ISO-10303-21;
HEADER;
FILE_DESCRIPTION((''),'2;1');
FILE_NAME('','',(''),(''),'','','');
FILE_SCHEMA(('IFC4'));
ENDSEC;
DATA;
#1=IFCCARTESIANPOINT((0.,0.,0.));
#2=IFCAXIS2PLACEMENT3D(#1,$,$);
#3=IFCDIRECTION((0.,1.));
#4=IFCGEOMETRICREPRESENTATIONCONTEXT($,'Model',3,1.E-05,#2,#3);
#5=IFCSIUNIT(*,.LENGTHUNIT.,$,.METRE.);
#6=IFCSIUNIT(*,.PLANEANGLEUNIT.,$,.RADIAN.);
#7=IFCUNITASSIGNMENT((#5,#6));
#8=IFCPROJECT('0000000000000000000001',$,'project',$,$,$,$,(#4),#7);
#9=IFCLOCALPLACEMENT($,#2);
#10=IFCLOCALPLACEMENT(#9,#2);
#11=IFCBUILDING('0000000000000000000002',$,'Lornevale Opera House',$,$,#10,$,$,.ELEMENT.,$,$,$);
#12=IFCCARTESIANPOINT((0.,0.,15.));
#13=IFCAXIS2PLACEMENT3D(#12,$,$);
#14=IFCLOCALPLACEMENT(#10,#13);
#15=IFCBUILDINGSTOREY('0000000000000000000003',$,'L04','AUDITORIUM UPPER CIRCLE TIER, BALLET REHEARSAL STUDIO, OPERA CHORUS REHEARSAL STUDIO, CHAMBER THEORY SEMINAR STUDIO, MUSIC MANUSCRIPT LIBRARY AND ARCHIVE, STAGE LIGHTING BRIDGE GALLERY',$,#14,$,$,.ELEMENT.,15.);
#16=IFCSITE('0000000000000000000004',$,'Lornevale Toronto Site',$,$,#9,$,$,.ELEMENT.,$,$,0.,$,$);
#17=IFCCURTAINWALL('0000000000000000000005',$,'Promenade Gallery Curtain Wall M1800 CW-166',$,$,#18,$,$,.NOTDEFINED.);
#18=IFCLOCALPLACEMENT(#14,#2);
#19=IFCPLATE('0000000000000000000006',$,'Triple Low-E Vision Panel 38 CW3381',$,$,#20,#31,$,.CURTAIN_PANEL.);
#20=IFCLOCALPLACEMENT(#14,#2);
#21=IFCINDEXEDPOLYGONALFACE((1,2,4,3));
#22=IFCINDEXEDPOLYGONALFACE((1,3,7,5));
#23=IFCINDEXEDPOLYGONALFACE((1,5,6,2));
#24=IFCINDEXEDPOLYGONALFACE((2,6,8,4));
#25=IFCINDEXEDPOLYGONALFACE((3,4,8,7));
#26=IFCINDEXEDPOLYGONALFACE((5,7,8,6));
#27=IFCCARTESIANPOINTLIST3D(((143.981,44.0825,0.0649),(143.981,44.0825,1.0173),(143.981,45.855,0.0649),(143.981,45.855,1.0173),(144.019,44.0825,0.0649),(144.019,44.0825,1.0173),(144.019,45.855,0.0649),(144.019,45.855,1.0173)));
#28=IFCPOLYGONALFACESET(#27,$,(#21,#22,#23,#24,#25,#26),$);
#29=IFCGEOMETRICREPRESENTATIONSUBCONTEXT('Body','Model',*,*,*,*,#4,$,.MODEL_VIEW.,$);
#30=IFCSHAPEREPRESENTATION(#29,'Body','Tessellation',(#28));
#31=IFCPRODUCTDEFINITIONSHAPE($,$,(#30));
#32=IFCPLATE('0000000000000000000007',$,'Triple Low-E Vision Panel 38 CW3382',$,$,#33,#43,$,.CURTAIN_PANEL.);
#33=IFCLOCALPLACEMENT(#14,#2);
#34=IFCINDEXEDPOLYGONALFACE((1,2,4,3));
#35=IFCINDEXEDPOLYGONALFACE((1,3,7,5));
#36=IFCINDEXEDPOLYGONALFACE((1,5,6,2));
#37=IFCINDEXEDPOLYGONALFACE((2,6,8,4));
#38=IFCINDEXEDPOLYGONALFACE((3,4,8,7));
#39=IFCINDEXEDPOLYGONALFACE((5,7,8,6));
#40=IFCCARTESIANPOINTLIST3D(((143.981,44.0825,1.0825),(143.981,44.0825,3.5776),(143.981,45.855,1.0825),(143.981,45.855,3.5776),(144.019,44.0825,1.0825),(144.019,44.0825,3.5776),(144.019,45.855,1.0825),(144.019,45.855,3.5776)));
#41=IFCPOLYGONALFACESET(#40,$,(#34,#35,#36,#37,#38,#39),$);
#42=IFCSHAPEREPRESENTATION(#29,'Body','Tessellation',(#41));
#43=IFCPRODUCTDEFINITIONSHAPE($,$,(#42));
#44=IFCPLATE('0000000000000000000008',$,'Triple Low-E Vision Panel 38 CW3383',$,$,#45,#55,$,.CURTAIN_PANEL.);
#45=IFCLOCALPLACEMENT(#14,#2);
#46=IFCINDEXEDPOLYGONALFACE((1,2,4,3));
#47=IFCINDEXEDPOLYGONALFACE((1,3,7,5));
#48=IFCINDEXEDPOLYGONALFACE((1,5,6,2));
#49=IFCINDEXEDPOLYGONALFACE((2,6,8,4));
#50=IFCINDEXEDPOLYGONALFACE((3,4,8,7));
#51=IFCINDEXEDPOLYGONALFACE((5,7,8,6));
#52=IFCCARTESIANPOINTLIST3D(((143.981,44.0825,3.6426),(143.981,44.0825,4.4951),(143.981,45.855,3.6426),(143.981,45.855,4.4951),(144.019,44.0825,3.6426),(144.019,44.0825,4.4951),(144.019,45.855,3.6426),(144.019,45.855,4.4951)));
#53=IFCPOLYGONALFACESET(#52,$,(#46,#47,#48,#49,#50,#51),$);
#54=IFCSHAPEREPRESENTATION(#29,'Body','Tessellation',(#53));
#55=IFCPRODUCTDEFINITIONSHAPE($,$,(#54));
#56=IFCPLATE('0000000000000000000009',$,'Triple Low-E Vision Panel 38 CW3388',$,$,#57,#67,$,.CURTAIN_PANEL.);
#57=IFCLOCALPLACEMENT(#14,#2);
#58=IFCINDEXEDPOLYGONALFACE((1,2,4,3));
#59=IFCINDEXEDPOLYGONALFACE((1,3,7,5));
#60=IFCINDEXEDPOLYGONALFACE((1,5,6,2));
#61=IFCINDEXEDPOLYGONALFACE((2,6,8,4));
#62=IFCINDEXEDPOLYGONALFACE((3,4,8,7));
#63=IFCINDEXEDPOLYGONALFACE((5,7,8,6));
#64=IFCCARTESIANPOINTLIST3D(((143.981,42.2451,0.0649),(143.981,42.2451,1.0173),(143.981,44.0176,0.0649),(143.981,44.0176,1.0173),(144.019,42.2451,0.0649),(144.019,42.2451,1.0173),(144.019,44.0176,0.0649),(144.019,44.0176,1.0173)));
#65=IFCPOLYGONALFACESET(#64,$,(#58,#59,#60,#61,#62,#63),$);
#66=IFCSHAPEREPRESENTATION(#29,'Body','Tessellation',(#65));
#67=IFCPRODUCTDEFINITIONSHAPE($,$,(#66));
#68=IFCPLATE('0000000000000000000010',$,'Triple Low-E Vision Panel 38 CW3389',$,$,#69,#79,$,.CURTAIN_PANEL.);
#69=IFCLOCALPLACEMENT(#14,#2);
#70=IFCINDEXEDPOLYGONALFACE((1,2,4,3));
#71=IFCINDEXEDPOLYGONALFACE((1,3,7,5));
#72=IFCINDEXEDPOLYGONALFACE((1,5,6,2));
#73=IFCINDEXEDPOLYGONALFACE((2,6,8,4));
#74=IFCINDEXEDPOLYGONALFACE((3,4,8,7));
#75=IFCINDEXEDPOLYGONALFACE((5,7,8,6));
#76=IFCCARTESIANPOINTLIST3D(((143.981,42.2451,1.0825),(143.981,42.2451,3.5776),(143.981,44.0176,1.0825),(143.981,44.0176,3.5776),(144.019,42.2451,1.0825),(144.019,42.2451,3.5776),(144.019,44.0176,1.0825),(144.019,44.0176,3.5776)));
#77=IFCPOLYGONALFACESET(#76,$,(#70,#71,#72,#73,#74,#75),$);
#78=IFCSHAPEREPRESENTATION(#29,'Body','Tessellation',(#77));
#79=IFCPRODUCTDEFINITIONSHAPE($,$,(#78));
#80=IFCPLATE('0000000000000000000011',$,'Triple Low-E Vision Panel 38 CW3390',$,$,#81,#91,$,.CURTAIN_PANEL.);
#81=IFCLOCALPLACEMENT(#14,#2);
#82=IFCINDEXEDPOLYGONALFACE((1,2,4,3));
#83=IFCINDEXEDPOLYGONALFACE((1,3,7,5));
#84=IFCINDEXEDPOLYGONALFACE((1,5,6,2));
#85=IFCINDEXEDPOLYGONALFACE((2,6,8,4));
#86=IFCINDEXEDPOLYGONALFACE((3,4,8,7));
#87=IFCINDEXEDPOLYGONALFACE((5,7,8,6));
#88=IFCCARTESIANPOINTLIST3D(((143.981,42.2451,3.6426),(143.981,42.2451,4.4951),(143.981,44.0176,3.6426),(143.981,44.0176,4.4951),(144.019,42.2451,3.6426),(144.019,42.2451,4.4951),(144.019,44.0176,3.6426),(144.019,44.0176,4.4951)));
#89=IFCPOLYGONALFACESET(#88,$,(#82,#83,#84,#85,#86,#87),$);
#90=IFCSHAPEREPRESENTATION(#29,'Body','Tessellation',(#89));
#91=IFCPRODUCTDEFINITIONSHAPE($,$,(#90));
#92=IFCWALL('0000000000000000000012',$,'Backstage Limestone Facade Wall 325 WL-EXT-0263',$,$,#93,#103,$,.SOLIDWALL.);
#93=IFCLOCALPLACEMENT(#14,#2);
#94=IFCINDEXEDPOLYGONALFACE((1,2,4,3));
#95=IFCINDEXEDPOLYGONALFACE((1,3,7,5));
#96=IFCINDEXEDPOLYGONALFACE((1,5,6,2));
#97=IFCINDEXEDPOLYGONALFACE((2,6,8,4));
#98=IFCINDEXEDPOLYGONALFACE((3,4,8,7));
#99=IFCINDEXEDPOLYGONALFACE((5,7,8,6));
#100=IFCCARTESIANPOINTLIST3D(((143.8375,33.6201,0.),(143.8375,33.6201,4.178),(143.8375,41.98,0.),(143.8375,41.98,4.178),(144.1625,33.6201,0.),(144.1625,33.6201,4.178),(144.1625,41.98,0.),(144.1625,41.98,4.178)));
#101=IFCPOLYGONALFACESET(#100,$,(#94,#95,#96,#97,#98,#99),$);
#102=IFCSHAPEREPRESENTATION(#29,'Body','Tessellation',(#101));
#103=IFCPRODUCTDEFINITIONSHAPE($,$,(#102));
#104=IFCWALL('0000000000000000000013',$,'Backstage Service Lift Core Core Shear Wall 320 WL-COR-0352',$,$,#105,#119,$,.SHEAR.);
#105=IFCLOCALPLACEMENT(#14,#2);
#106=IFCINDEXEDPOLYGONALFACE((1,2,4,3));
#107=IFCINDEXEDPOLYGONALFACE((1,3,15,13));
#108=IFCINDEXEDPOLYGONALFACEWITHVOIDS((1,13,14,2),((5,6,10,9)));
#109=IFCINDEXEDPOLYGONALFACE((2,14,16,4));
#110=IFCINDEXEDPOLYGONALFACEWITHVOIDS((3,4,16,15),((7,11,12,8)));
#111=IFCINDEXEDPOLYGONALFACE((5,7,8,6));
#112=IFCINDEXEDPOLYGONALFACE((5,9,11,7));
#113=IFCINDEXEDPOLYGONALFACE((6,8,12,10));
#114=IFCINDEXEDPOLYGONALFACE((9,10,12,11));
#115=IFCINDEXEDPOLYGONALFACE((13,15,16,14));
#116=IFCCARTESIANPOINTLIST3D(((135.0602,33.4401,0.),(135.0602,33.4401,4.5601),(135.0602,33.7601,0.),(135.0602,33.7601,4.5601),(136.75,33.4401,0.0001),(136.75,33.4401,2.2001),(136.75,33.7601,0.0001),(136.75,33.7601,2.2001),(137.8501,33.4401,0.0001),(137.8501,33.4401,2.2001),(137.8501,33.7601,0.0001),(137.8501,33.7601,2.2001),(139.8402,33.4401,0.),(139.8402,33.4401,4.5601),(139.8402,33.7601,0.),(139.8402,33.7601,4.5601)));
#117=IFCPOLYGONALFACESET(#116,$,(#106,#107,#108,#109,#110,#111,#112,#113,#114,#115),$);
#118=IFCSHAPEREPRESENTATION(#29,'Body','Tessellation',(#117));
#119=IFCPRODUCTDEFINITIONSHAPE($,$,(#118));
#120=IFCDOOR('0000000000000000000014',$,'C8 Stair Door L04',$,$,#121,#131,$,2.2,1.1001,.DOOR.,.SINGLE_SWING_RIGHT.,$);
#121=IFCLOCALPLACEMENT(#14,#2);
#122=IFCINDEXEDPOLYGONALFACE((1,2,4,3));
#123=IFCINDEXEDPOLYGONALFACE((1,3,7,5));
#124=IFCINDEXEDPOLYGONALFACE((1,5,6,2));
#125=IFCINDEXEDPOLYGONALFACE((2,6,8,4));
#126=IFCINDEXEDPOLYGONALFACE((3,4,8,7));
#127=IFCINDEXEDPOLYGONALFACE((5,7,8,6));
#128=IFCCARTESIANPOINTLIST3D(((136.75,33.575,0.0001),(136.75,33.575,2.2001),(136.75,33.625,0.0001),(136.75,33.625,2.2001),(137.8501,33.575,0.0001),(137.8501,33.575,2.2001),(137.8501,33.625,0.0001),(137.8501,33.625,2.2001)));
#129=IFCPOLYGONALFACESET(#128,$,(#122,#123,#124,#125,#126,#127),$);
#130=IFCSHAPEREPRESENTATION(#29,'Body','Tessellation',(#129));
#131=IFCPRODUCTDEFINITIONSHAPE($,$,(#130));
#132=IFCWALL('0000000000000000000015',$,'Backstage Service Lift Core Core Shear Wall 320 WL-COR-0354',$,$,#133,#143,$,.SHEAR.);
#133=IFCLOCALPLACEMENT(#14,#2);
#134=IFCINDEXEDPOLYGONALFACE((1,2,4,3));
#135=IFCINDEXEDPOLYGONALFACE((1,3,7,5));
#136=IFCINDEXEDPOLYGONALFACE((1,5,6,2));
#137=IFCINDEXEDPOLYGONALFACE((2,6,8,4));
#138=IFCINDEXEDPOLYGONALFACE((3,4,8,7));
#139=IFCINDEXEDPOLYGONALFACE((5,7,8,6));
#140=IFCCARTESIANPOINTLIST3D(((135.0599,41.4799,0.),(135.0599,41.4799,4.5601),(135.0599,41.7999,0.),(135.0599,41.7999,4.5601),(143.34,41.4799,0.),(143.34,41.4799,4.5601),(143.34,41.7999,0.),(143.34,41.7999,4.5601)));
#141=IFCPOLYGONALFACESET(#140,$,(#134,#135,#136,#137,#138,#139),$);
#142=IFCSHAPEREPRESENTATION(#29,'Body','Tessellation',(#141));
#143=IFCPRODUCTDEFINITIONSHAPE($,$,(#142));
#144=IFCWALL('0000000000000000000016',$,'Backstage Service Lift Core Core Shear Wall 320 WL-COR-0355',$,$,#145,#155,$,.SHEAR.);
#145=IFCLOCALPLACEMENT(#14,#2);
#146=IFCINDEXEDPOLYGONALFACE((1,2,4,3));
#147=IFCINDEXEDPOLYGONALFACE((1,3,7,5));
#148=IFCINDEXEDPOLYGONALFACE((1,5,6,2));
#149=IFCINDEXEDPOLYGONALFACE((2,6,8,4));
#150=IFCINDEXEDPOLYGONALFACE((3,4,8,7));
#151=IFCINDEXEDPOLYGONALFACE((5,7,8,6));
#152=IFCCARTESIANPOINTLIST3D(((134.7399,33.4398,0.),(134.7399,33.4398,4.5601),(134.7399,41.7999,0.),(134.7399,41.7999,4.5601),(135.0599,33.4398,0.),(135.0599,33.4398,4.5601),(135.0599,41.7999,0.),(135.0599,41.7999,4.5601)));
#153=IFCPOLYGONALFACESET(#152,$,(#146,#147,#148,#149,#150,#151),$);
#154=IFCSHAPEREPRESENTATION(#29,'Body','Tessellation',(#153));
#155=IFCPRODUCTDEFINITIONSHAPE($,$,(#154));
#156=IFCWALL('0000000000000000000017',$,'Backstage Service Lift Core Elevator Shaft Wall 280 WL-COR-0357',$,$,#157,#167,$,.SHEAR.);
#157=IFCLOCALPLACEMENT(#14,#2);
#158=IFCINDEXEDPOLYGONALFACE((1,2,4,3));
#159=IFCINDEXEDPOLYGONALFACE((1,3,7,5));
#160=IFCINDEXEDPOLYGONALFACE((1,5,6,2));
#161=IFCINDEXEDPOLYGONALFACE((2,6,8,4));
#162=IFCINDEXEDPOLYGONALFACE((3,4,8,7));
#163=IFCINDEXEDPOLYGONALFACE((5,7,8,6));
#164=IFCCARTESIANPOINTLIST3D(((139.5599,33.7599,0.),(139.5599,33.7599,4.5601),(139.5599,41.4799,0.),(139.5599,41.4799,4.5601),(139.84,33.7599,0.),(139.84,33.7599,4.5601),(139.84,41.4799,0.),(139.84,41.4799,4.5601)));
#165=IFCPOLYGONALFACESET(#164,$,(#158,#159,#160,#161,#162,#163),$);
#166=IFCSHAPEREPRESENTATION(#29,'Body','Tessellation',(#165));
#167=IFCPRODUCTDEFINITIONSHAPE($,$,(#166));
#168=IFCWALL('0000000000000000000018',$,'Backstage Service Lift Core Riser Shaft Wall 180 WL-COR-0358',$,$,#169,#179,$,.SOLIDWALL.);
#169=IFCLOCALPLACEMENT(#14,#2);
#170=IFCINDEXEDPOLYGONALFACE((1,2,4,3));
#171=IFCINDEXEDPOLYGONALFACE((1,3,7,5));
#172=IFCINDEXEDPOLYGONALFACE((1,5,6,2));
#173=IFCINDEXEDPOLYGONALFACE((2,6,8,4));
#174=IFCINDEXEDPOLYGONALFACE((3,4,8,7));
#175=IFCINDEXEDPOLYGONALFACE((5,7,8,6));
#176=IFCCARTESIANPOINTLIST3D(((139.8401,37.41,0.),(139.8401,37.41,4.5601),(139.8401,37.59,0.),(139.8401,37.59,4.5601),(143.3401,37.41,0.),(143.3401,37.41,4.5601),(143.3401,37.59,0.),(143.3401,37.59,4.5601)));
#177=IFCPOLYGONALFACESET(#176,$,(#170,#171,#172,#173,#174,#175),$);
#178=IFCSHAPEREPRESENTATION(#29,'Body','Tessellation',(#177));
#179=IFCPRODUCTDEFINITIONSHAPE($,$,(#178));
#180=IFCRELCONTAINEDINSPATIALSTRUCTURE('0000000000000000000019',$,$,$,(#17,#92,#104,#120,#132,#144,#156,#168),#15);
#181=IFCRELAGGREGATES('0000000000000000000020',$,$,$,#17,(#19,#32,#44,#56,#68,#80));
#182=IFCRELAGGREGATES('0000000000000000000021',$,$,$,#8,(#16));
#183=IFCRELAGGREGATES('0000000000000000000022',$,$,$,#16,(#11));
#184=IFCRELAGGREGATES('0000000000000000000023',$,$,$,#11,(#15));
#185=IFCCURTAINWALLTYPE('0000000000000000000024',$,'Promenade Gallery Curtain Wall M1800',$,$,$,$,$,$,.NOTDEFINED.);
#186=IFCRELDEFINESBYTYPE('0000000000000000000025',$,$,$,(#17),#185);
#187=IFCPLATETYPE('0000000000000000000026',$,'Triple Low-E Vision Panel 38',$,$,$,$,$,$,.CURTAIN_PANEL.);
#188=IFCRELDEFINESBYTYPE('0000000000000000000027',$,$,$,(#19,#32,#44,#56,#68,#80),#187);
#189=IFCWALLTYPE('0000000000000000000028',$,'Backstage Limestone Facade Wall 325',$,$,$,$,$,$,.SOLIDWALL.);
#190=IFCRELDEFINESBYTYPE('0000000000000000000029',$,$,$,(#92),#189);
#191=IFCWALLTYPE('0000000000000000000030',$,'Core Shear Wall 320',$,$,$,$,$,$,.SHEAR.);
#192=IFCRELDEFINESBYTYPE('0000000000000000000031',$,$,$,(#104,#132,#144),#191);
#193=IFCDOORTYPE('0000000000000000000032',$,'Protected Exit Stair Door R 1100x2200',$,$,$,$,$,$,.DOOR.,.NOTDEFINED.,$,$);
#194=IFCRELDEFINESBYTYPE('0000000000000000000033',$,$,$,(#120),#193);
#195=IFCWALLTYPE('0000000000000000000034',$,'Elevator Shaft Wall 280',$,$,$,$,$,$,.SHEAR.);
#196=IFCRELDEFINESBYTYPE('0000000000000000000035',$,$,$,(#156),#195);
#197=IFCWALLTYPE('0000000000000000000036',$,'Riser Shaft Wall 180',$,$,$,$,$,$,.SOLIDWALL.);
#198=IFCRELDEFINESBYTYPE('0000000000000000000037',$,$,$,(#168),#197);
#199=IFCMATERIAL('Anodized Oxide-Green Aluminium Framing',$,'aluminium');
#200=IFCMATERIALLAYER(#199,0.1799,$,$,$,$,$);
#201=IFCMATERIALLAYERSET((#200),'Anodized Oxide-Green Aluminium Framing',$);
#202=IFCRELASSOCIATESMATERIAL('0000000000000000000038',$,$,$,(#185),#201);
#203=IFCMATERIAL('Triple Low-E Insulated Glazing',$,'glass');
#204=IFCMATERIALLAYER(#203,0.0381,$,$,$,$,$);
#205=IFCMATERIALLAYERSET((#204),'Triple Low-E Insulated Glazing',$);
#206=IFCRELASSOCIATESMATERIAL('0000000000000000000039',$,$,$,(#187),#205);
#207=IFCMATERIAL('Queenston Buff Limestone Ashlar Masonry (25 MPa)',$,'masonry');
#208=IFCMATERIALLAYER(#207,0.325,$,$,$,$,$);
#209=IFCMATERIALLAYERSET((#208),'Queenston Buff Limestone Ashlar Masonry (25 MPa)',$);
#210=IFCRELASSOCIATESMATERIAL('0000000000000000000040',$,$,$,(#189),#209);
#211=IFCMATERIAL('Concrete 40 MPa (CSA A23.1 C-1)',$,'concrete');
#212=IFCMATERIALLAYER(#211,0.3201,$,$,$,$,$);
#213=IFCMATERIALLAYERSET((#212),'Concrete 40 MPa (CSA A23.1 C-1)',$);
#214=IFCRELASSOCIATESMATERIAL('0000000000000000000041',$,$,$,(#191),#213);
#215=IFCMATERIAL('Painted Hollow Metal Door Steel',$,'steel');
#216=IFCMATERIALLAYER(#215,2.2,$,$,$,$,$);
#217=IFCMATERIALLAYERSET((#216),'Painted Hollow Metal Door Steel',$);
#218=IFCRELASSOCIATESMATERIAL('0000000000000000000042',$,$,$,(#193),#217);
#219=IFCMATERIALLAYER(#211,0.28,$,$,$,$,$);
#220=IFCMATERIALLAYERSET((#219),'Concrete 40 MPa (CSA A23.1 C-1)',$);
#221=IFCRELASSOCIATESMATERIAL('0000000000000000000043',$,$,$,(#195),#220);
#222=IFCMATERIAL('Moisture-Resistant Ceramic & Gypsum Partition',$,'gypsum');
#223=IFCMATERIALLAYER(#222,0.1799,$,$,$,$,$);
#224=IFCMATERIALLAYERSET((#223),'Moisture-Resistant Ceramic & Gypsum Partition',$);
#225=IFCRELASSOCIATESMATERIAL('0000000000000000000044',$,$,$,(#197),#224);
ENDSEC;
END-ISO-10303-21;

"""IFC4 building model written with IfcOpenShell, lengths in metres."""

from ifc_helpers import new_model, si_unit, direction, frame, frame_2d, origin, origin_2d, place, context, subcontext, project, spatial, rectangle, extrude, material, layer, layer_set, type_object, element, fill, aggregate, save


model = new_model("IFC4")

# Units and contexts
model_context = context("Model", 3, precision=1e-05, world=origin(), true_north=direction((0.0, 1.0)))
body_context = subcontext(model_context, "Body", "Model", "MODEL_VIEW")
ifc_project = project(units=[si_unit("LENGTHUNIT", "METRE"), si_unit("PLANEANGLEUNIT", "RADIAN")], contexts=[model_context])

# Site, building, storey
site_placement = place(None, origin())
site = spatial("IfcSite", under=ifc_project, at=site_placement, Name="Lornevale Toronto Site", CompositionType="ELEMENT", RefElevation=0.0)
building_placement = place(site_placement, origin())
building = spatial("IfcBuilding", under=site, at=building_placement, Name="Lornevale Opera House", CompositionType="ELEMENT")
storey_placement = place(building_placement, frame((0.0, 0.0, 15.0)))
storey = spatial("IfcBuildingStorey", under=building, at=storey_placement, Name="L04", Description="AUDITORIUM UPPER CIRCLE TIER, BALLET REHEARSAL STUDIO, OPERA CHORUS REHEARSAL STUDIO, CHAMBER THEORY SEMINAR STUDIO, MUSIC MANUSCRIPT LIBRARY AND ARCHIVE, STAGE LIGHTING BRIDGE GALLERY", CompositionType="ELEMENT", Elevation=15.0)

# Curtain wall
ifc_material_1 = material(Name="Anodized Oxide-Green Aluminium Framing", Category="aluminium")
ifc_layer_1 = layer(ifc_material_1, 0.1799)
ifc_layer_set_1 = layer_set([ifc_layer_1], Name="Anodized Oxide-Green Aluminium Framing")
curtain_wall_type = type_object("IfcCurtainWallType", Name="Promenade Gallery Curtain Wall M1800", PredefinedType="NOTDEFINED", material=ifc_layer_set_1)
curtain_wall_placement = place(storey_placement, origin())
curtain_wall = element("IfcCurtainWall", 1, at=curtain_wall_placement, inside=storey, type_object=curtain_wall_type, Name="Promenade Gallery Curtain Wall M1800 CW-166", PredefinedType="NOTDEFINED")

# Plates
ifc_material_2 = material(Name="Triple Low-E Insulated Glazing", Category="glass")
ifc_layer_2 = layer(ifc_material_2, 0.0381)
ifc_layer_set_2 = layer_set([ifc_layer_2], Name="Triple Low-E Insulated Glazing")
plate_type = type_object("IfcPlateType", Name="Triple Low-E Vision Panel 38", PredefinedType="CURTAIN_PANEL", material=ifc_layer_set_2)
plate_1_placement = place(storey_placement, frame((144.0, 44.9688, 0.0649), z_axis=(0.0, 0.0, 1.0), x_axis=(0.0, -1.0, 0.0)))
plate_1 = element("IfcPlate", 2, at=plate_1_placement, type_object=plate_type, Name="Triple Low-E Vision Panel 38 CW3381", PredefinedType="CURTAIN_PANEL", context=body_context, shape_type="SweptSolid", body=[
    extrude(rectangle(XDim=1.7725, YDim=0.0381, at=origin_2d()), origin(), (0.0, 0.0, 1.0), 0.9524),
])
plate_2_placement = place(storey_placement, frame((144.0, 44.9688, 1.0825), z_axis=(0.0, 0.0, 1.0), x_axis=(0.0, -1.0, 0.0)))
plate_2 = element("IfcPlate", 3, at=plate_2_placement, type_object=plate_type, Name="Triple Low-E Vision Panel 38 CW3382", PredefinedType="CURTAIN_PANEL", context=body_context, shape_type="SweptSolid", body=[
    extrude(rectangle(XDim=1.7725, YDim=0.0381, at=origin_2d()), origin(), (0.0, 0.0, 1.0), 2.4951),
])
plate_3_placement = place(storey_placement, frame((144.0, 44.9688, 3.6426), z_axis=(0.0, 0.0, 1.0), x_axis=(0.0, -1.0, 0.0)))
plate_3 = element("IfcPlate", 4, at=plate_3_placement, type_object=plate_type, Name="Triple Low-E Vision Panel 38 CW3383", PredefinedType="CURTAIN_PANEL", context=body_context, shape_type="SweptSolid", body=[
    extrude(rectangle(XDim=1.7725, YDim=0.0381, at=origin_2d()), origin(), (0.0, 0.0, 1.0), 0.8525),
])
plate_4_placement = place(storey_placement, frame((144.0, 43.1313, 0.0649), z_axis=(0.0, 0.0, 1.0), x_axis=(0.0, -1.0, 0.0)))
plate_4 = element("IfcPlate", 5, at=plate_4_placement, type_object=plate_type, Name="Triple Low-E Vision Panel 38 CW3388", PredefinedType="CURTAIN_PANEL", context=body_context, shape_type="SweptSolid", body=[
    extrude(rectangle(XDim=1.7725, YDim=0.0381, at=origin_2d()), origin(), (0.0, 0.0, 1.0), 0.9524),
])
plate_5_placement = place(storey_placement, frame((144.0, 43.1313, 1.0825), z_axis=(0.0, 0.0, 1.0), x_axis=(0.0, -1.0, 0.0)))
plate_5 = element("IfcPlate", 6, at=plate_5_placement, type_object=plate_type, Name="Triple Low-E Vision Panel 38 CW3389", PredefinedType="CURTAIN_PANEL", context=body_context, shape_type="SweptSolid", body=[
    extrude(rectangle(XDim=1.7725, YDim=0.0381, at=origin_2d()), origin(), (0.0, 0.0, 1.0), 2.4951),
])
plate_6_placement = place(storey_placement, frame((144.0, 43.1313, 3.6426), z_axis=(0.0, 0.0, 1.0), x_axis=(0.0, -1.0, 0.0)))
plate_6 = element("IfcPlate", 7, at=plate_6_placement, type_object=plate_type, Name="Triple Low-E Vision Panel 38 CW3390", PredefinedType="CURTAIN_PANEL", context=body_context, shape_type="SweptSolid", body=[
    extrude(rectangle(XDim=1.7725, YDim=0.0381, at=origin_2d()), origin(), (0.0, 0.0, 1.0), 0.8525),
])
aggregate(curtain_wall, [plate_1, plate_2, plate_3, plate_4, plate_5, plate_6])

# Wall
ifc_material_3 = material(Name="Queenston Buff Limestone Ashlar Masonry (25 MPa)", Category="masonry")
ifc_layer_3 = layer(ifc_material_3, 0.325)
ifc_layer_set_3 = layer_set([ifc_layer_3], Name="Queenston Buff Limestone Ashlar Masonry (25 MPa)")
wall_type_1 = type_object("IfcWallType", Name="Backstage Limestone Facade Wall 325", PredefinedType="SOLIDWALL", material=ifc_layer_set_3)
wall_1_placement = place(storey_placement, frame((144.0, 41.98, 0.0), z_axis=(0.0, 0.0, 1.0), x_axis=(0.0, -1.0, 0.0)))
element("IfcWall", 8, at=wall_1_placement, inside=storey, type_object=wall_type_1, Name="Backstage Limestone Facade Wall 325 WL-EXT-0263", PredefinedType="SOLIDWALL", context=body_context, shape_type="SweptSolid", body=[
    extrude(rectangle(XDim=8.3599, YDim=0.325, at=frame_2d((4.1799, 0.0))), origin(), (0.0, 0.0, 1.0), 4.178),
])

# Wall, opening, door
ifc_material_4 = material(Name="Concrete 40 MPa (CSA A23.1 C-1)", Category="concrete")
ifc_layer_4 = layer(ifc_material_4, 0.3201)
ifc_layer_set_4 = layer_set([ifc_layer_4], Name="Concrete 40 MPa (CSA A23.1 C-1)")
wall_type_2 = type_object("IfcWallType", Name="Core Shear Wall 320", PredefinedType="SHEAR", material=ifc_layer_set_4)
wall_2_placement = place(storey_placement, frame((135.0601, 33.6001, 0.0), z_axis=(0.0, 0.0, 1.0), x_axis=(1.0, 0.0, 0.0)))
wall_2 = element("IfcWall", 9, at=wall_2_placement, inside=storey, type_object=wall_type_2, Name="Backstage Service Lift Core Core Shear Wall 320 WL-COR-0352", PredefinedType="SHEAR", context=body_context, shape_type="SweptSolid", body=[
    extrude(rectangle(XDim=4.78, YDim=0.3201, at=frame_2d((2.3901, 0.0))), origin(), (0.0, 0.0, 1.0), 4.5601),
])
opening_1_placement = place(wall_2_placement, frame((1.6899, 0.0, 0.0)))
opening_1 = element("IfcOpeningElement", 10, at=opening_1_placement, cuts=wall_2, PredefinedType="OPENING", context=body_context, shape_type="SweptSolid", body=[
    extrude(rectangle(XDim=1.1001, YDim=2.2, at=frame_2d((0.55, 1.1001))), frame((0.0, 0.1699, 0.0), z_axis=(0.0, -1.0, 0.0), x_axis=(1.0, 0.0, 0.0)), (0.0, 0.0, 1.0), 0.3401),
])
ifc_material_5 = material(Name="Painted Hollow Metal Door Steel", Category="steel")
ifc_layer_5 = layer(ifc_material_5, 2.2)
ifc_layer_set_5 = layer_set([ifc_layer_5], Name="Painted Hollow Metal Door Steel")
door_type_1 = type_object("IfcDoorType", Name="Protected Exit Stair Door R 1100x2200", OperationType="NOTDEFINED", PredefinedType="DOOR", material=ifc_layer_set_5)
door_1_placement = place(opening_1_placement, origin())
door_1 = element("IfcDoor", 11, at=door_1_placement, inside=storey, type_object=door_type_1, Name="C8 Stair Door L04", OperationType="SINGLE_SWING_RIGHT", OverallHeight=2.2, OverallWidth=1.1001, PredefinedType="DOOR", context=body_context, shape_type="SweptSolid", body=[
    extrude(rectangle(XDim=1.1001, YDim=2.2, at=frame_2d((0.55, 1.1001))), frame((0.0, 0.0249, 0.0), z_axis=(0.0, -1.0, 0.0), x_axis=(1.0, 0.0, 0.0)), (0.0, 0.0, 1.0), 0.05),
])
fill(opening_1, door_1)

# Walls
wall_3_placement = place(storey_placement, frame((143.3401, 41.6399, 0.0), z_axis=(0.0, 0.0, 1.0), x_axis=(-1.0, 0.0, 0.0)))
element("IfcWall", 12, at=wall_3_placement, inside=storey, type_object=wall_type_2, Name="Backstage Service Lift Core Core Shear Wall 320 WL-COR-0354", PredefinedType="SHEAR", context=body_context, shape_type="SweptSolid", body=[
    extrude(rectangle(XDim=8.28, YDim=0.3201, at=frame_2d((4.1401, 0.0))), origin(), (0.0, 0.0, 1.0), 4.5601),
])
wall_4_placement = place(storey_placement, frame((134.8999, 41.8, 0.0), z_axis=(0.0, 0.0, 1.0), x_axis=(0.0, -1.0, 0.0)))
element("IfcWall", 13, at=wall_4_placement, inside=storey, type_object=wall_type_2, Name="Backstage Service Lift Core Core Shear Wall 320 WL-COR-0355", PredefinedType="SHEAR", context=body_context, shape_type="SweptSolid", body=[
    extrude(rectangle(XDim=8.3601, YDim=0.3201, at=frame_2d((4.1802, 0.0))), origin(), (0.0, 0.0, 1.0), 4.5601),
])

# Shared definitions
ifc_layer_6 = layer(ifc_material_4, 0.28)
ifc_layer_set_6 = layer_set([ifc_layer_6], Name="Concrete 40 MPa (CSA A23.1 C-1)")
wall_type_3 = type_object("IfcWallType", Name="Elevator Shaft Wall 280", PredefinedType="SHEAR", material=ifc_layer_set_6)

# Walls
wall_5_placement = place(storey_placement, frame((139.7, 33.76, 0.0), z_axis=(0.0, 0.0, 1.0), x_axis=(0.0, 1.0, 0.0)))
element("IfcWall", 14, at=wall_5_placement, inside=storey, type_object=wall_type_3, Name="Backstage Service Lift Core Elevator Shaft Wall 280 WL-COR-0357", PredefinedType="SHEAR", context=body_context, shape_type="SweptSolid", body=[
    extrude(rectangle(XDim=7.72, YDim=0.28, at=frame_2d((3.8599, 0.0))), origin(), (0.0, 0.0, 1.0), 4.5601),
])
ifc_material_6 = material(Name="Moisture-Resistant Ceramic & Gypsum Partition", Category="gypsum")
ifc_layer_7 = layer(ifc_material_6, 0.1799)
ifc_layer_set_7 = layer_set([ifc_layer_7], Name="Moisture-Resistant Ceramic & Gypsum Partition")
wall_type_4 = type_object("IfcWallType", Name="Riser Shaft Wall 180", PredefinedType="SOLIDWALL", material=ifc_layer_set_7)
wall_6_placement = place(storey_placement, frame((139.8401, 37.5, 0.0), z_axis=(0.0, 0.0, 1.0), x_axis=(1.0, 0.0, 0.0)))
element("IfcWall", 15, at=wall_6_placement, inside=storey, type_object=wall_type_4, Name="Backstage Service Lift Core Riser Shaft Wall 180 WL-COR-0358", PredefinedType="SOLIDWALL", context=body_context, shape_type="SweptSolid", body=[
    extrude(rectangle(XDim=3.5, YDim=0.1799, at=frame_2d((1.75, 0.0))), origin(), (0.0, 0.0, 1.0), 4.5601),
])

save(model, "model.ifc")
